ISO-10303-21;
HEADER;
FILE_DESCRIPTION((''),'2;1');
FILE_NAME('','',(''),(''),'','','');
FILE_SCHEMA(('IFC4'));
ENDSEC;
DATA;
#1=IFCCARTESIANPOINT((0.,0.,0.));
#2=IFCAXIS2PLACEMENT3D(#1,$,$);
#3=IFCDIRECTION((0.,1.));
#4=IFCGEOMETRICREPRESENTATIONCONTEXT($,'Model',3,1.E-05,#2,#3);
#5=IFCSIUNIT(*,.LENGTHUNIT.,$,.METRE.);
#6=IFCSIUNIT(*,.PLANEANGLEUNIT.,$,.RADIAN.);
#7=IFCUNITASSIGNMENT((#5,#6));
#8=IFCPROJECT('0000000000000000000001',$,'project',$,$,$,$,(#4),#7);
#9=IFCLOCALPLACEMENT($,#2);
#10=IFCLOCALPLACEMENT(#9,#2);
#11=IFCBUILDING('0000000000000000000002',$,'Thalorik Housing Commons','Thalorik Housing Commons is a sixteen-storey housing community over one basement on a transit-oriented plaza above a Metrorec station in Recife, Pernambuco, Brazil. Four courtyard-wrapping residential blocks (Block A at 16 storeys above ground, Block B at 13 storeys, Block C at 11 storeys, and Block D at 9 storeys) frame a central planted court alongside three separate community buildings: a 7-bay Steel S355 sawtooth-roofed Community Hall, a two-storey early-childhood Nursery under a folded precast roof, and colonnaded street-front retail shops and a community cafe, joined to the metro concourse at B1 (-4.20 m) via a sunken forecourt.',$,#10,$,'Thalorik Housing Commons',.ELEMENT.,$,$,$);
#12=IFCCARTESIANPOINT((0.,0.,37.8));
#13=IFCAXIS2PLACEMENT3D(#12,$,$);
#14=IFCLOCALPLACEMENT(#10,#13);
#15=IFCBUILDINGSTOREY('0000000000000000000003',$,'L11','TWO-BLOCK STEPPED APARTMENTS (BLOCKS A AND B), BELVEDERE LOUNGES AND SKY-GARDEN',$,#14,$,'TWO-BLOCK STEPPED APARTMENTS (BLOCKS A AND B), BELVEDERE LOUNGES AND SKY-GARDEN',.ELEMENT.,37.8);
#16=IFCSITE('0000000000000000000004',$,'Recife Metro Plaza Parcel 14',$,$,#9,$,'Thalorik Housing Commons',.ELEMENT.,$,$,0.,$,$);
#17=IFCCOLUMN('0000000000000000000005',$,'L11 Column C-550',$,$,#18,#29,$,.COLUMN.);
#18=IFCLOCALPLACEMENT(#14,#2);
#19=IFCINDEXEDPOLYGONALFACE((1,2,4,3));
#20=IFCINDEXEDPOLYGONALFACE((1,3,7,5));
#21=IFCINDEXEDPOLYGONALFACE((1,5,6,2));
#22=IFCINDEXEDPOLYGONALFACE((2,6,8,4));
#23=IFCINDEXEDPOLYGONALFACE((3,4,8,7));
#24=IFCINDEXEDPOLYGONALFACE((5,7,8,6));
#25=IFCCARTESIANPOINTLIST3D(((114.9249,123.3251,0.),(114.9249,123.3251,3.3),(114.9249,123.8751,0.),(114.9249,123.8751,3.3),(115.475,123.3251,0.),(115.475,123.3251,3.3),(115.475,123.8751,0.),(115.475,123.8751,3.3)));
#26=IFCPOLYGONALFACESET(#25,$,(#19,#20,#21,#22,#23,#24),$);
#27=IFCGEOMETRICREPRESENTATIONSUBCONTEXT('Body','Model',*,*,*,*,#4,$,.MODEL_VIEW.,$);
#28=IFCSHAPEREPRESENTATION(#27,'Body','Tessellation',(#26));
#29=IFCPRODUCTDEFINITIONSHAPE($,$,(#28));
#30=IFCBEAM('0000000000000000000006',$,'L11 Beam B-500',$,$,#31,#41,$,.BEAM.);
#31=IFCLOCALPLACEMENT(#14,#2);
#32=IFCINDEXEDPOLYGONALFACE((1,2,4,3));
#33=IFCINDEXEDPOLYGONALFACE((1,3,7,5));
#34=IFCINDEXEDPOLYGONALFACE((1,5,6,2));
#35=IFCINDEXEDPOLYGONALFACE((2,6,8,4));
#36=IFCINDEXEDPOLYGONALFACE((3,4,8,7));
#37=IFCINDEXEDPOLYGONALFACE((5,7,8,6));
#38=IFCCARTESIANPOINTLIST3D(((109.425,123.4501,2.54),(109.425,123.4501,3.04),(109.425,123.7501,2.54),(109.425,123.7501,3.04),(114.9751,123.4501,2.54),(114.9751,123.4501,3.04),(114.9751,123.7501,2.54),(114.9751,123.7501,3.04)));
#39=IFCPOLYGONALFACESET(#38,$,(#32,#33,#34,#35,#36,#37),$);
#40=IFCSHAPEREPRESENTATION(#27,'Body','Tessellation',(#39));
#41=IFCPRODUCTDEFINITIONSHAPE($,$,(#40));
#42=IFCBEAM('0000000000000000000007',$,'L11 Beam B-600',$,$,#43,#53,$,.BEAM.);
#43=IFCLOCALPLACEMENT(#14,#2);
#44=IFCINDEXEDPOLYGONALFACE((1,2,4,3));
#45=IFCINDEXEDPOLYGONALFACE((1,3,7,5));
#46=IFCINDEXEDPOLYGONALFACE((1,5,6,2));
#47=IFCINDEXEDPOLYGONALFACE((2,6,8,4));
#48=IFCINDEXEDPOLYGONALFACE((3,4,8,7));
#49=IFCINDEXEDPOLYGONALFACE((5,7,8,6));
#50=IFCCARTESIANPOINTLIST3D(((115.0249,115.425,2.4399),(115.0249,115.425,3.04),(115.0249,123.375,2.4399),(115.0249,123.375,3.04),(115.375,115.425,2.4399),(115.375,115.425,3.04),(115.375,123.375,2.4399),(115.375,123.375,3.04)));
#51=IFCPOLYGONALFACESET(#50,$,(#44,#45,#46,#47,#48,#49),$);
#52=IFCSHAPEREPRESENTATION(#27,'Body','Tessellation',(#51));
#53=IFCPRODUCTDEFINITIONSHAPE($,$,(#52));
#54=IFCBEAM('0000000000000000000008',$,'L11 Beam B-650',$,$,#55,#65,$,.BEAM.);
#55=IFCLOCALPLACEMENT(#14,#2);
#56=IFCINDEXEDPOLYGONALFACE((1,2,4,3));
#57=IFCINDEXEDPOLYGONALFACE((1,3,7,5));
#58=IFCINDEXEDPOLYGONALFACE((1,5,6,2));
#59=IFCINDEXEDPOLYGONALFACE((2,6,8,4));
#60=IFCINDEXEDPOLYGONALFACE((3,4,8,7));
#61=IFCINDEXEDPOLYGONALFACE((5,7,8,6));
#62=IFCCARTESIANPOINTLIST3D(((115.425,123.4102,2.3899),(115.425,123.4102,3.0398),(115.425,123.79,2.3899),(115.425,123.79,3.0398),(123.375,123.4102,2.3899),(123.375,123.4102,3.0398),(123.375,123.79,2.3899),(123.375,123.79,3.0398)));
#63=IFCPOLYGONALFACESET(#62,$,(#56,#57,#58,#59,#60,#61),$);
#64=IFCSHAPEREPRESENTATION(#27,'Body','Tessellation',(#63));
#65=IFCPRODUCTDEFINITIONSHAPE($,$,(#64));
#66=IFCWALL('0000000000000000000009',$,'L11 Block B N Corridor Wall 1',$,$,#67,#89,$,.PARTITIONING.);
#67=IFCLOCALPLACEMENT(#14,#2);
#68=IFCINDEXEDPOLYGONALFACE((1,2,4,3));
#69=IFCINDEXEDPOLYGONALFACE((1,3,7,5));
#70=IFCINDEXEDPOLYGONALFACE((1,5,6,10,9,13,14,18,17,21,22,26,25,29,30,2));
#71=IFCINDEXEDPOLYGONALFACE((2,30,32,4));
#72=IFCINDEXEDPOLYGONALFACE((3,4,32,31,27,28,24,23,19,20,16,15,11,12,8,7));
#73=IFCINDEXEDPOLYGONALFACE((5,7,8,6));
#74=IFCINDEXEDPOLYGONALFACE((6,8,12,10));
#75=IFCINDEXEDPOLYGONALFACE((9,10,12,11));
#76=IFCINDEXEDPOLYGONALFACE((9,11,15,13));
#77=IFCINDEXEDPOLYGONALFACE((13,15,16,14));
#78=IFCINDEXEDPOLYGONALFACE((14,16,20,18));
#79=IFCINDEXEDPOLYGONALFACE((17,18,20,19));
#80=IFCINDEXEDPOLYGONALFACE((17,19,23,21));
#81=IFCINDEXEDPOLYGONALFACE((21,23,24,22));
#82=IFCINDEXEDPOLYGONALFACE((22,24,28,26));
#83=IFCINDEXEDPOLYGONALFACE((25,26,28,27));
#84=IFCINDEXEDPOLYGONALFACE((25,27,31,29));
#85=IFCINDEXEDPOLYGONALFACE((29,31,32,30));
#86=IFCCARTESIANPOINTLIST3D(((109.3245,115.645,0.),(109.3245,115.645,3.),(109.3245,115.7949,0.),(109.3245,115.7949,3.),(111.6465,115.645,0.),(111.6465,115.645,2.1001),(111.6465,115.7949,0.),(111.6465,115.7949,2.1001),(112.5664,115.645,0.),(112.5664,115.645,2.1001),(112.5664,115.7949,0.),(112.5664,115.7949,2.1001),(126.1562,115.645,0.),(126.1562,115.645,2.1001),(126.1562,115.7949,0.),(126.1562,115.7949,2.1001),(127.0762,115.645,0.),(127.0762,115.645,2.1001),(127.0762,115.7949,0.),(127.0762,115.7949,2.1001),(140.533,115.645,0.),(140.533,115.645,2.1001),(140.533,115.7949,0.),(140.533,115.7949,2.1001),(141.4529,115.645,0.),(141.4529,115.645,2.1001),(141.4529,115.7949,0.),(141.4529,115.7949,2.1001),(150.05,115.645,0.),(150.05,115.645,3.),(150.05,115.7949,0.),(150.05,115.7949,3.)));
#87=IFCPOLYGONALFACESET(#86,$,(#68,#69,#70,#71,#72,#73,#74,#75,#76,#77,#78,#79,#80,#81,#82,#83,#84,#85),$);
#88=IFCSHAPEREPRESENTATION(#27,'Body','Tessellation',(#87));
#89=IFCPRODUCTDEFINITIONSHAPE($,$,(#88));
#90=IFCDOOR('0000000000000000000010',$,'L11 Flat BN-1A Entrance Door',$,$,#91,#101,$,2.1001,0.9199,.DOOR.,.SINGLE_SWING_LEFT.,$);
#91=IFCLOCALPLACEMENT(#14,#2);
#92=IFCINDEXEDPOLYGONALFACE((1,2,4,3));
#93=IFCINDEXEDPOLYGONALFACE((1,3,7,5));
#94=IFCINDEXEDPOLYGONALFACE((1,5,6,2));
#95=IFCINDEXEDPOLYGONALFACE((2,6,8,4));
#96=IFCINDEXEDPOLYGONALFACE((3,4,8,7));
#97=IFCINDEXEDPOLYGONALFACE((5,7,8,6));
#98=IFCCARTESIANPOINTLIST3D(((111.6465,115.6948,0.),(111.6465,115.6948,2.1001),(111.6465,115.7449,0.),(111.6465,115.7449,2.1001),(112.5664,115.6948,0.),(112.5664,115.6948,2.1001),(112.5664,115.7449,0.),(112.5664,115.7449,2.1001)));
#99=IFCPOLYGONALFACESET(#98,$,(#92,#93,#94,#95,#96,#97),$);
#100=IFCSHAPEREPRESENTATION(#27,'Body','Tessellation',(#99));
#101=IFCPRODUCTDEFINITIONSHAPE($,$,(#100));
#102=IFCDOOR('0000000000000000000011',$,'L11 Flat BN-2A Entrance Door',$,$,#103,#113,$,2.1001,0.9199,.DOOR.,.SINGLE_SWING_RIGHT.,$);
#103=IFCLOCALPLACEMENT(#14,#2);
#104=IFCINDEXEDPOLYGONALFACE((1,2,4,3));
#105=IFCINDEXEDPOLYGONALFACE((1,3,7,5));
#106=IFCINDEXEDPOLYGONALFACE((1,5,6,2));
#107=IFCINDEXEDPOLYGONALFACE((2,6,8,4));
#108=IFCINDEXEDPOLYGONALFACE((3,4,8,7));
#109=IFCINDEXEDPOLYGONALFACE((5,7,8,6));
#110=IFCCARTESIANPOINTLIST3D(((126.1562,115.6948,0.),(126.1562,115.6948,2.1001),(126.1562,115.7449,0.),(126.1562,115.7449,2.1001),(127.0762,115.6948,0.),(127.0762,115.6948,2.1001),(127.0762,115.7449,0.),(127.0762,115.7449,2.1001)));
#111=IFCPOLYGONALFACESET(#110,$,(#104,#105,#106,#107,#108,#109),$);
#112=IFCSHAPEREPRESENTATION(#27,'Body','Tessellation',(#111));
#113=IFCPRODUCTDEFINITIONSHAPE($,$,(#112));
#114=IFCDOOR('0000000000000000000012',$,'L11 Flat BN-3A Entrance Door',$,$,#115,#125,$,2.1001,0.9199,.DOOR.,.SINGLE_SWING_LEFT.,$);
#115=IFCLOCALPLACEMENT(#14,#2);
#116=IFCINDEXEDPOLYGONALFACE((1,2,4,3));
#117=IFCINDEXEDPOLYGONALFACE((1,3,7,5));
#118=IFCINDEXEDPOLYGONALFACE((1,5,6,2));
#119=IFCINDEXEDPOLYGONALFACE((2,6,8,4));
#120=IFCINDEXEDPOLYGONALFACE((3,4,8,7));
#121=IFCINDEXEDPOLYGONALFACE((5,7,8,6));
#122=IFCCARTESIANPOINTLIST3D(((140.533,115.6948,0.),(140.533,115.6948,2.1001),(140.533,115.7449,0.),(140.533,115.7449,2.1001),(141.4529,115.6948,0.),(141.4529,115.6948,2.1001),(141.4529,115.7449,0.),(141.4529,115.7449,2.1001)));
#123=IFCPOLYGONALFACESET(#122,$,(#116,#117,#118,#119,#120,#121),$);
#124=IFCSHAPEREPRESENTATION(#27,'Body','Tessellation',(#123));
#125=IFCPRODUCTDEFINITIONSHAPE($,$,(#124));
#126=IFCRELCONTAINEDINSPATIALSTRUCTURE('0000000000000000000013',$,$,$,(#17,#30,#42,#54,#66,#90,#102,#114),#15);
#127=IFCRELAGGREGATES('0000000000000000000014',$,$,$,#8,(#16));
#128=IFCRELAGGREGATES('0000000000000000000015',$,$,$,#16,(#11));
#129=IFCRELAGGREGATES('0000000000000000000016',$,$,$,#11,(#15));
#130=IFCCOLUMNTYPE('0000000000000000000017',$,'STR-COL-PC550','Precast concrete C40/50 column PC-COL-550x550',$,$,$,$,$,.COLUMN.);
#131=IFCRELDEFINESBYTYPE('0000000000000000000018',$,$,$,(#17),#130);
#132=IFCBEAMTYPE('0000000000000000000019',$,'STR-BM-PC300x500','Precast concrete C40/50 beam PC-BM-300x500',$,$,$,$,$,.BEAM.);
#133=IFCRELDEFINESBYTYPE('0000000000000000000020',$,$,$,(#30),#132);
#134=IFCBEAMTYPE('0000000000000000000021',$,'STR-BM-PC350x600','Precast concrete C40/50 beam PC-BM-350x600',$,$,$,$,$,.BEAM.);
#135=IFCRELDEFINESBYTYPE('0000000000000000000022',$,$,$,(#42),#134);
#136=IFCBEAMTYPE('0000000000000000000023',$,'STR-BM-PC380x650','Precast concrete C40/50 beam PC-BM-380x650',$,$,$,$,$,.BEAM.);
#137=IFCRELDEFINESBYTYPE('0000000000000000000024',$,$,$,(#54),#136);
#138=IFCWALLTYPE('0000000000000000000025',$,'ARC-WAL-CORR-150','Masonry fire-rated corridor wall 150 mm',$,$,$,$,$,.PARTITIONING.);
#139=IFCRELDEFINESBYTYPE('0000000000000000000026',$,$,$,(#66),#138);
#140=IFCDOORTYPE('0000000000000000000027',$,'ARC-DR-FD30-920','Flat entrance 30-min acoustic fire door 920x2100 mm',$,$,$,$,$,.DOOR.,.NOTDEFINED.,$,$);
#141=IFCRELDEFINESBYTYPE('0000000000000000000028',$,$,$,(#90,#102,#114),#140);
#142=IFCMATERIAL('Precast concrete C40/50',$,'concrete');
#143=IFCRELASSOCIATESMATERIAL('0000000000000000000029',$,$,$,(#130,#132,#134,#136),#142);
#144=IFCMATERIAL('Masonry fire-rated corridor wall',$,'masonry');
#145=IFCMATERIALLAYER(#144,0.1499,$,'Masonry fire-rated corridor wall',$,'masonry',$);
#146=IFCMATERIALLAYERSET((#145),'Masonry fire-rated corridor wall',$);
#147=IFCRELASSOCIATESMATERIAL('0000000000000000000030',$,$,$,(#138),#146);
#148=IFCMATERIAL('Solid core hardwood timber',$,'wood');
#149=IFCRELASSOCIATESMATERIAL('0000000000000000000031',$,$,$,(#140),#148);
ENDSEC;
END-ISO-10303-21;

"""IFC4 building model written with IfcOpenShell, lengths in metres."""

from ifc_helpers import new_model, si_unit, direction, frame, frame_2d, origin, origin_2d, place, context, subcontext, project, spatial, rectangle, extrude, material, layer, layer_set, material_profile, profile_set, type_object, element, fill, save


model = new_model("IFC4")

# Units and contexts
model_context = context("Model", 3, precision=1e-05, world=origin(), true_north=direction((0.0, 1.0)))
body_context = subcontext(model_context, "Body", "Model", "MODEL_VIEW")
ifc_project = project(units=[si_unit("LENGTHUNIT", "METRE"), si_unit("PLANEANGLEUNIT", "RADIAN")], contexts=[model_context])

# Site, building, storey
site_placement = place(None, origin())
site = spatial("IfcSite", under=ifc_project, at=site_placement, Name="Recife Metro Plaza Parcel 14", LongName="Thalorik Housing Commons", CompositionType="ELEMENT", RefElevation=0.0)
building_placement = place(site_placement, origin())
building = spatial("IfcBuilding", under=site, at=building_placement, Name="Thalorik Housing Commons", Description="Thalorik Housing Commons is a sixteen-storey housing community over one basement on a transit-oriented plaza above a Metrorec station in Recife, Pernambuco, Brazil. Four courtyard-wrapping residential blocks (Block A at 16 storeys above ground, Block B at 13 storeys, Block C at 11 storeys, and Block D at 9 storeys) frame a central planted court alongside three separate community buildings: a 7-bay Steel S355 sawtooth-roofed Community Hall, a two-storey early-childhood Nursery under a folded precast roof, and colonnaded street-front retail shops and a community cafe, joined to the metro concourse at B1 (-4.20 m) via a sunken forecourt.", LongName="Thalorik Housing Commons", CompositionType="ELEMENT")
storey_placement = place(building_placement, frame((0.0, 0.0, 37.8)))
storey = spatial("IfcBuildingStorey", under=building, at=storey_placement, Name="L11", Description="TWO-BLOCK STEPPED APARTMENTS (BLOCKS A AND B), BELVEDERE LOUNGES AND SKY-GARDEN", LongName="TWO-BLOCK STEPPED APARTMENTS (BLOCKS A AND B), BELVEDERE LOUNGES AND SKY-GARDEN", CompositionType="ELEMENT", Elevation=37.8)

# Column
ifc_material_1 = material(Name="Precast concrete C40/50", Category="concrete")
ifc_material_profile_1 = material_profile(ifc_material_1, rectangle(XDim=0.55, YDim=0.55, at=origin_2d()), Name="PC 550x550", Category="concrete")
ifc_profile_set_1 = profile_set([ifc_material_profile_1], Name="Precast concrete C40/50")
column_type = type_object("IfcColumnType", Name="STR-COL-PC550", Description="Precast concrete C40/50 column PC-COL-550x550", PredefinedType="COLUMN", material=ifc_profile_set_1)
column_placement = place(storey_placement, frame((115.2, 123.6001, 0.0), z_axis=(0.0, 0.0, 1.0), x_axis=(1.0, 0.0, 0.0)))
element("IfcColumn", 1, at=column_placement, inside=storey, type_object=column_type, Name="L11 Column C-550", PredefinedType="COLUMN", context=body_context, shape_type="SweptSolid", body=[
    extrude(rectangle(XDim=0.55, YDim=0.55, at=origin_2d()), origin(), (0.0, 0.0, 1.0), 3.3),
])

# Beams
ifc_material_profile_2 = material_profile(ifc_material_1, rectangle(XDim=0.3, YDim=0.5, at=origin_2d()), Name="PC 300x500", Category="concrete")
ifc_profile_set_2 = profile_set([ifc_material_profile_2], Name="Precast concrete C40/50")
beam_type_1 = type_object("IfcBeamType", Name="STR-BM-PC300x500", Description="Precast concrete C40/50 beam PC-BM-300x500", PredefinedType="BEAM", material=ifc_profile_set_2)
beam_1_placement = place(storey_placement, frame((109.425, 123.6001, 2.79), z_axis=(1.0, 0.0, 0.0), x_axis=(0.0, 1.0, 0.0)))
element("IfcBeam", 2, at=beam_1_placement, inside=storey, type_object=beam_type_1, Name="L11 Beam B-500", PredefinedType="BEAM", context=body_context, shape_type="SweptSolid", body=[
    extrude(rectangle(XDim=0.3, YDim=0.5, at=origin_2d()), origin(), (0.0, 0.0, 1.0), 5.55),
])
ifc_material_profile_3 = material_profile(ifc_material_1, rectangle(XDim=0.3501, YDim=0.6001, at=origin_2d()), Name="PC 350x600", Category="concrete")
ifc_profile_set_3 = profile_set([ifc_material_profile_3], Name="Precast concrete C40/50")
beam_type_2 = type_object("IfcBeamType", Name="STR-BM-PC350x600", Description="Precast concrete C40/50 beam PC-BM-350x600", PredefinedType="BEAM", material=ifc_profile_set_3)
beam_2_placement = place(storey_placement, frame((115.2, 115.425, 2.74), z_axis=(0.0, 1.0, 0.0), x_axis=(-1.0, 0.0, 0.0)))
element("IfcBeam", 3, at=beam_2_placement, inside=storey, type_object=beam_type_2, Name="L11 Beam B-600", PredefinedType="BEAM", context=body_context, shape_type="SweptSolid", body=[
    extrude(rectangle(XDim=0.3501, YDim=0.6001, at=origin_2d()), origin(), (0.0, 0.0, 1.0), 7.95),
])
ifc_material_profile_4 = material_profile(ifc_material_1, rectangle(XDim=0.3799, YDim=0.6499, at=origin_2d()), Name="PC 380x650", Category="concrete")
ifc_profile_set_4 = profile_set([ifc_material_profile_4], Name="Precast concrete C40/50")
beam_type_3 = type_object("IfcBeamType", Name="STR-BM-PC380x650", Description="Precast concrete C40/50 beam PC-BM-380x650", PredefinedType="BEAM", material=ifc_profile_set_4)
beam_3_placement = place(storey_placement, frame((115.425, 123.6001, 2.7148), z_axis=(1.0, 0.0, 0.0), x_axis=(0.0, 1.0, 0.0)))
element("IfcBeam", 4, at=beam_3_placement, inside=storey, type_object=beam_type_3, Name="L11 Beam B-650", PredefinedType="BEAM", context=body_context, shape_type="SweptSolid", body=[
    extrude(rectangle(XDim=0.3799, YDim=0.6499, at=origin_2d()), origin(), (0.0, 0.0, 1.0), 7.95),
])

# Wall, openings, doors
ifc_material_2 = material(Name="Masonry fire-rated corridor wall", Category="masonry")
ifc_layer_1 = layer(ifc_material_2, 0.1499, Name="Masonry fire-rated corridor wall", Category="masonry")
ifc_layer_set_1 = layer_set([ifc_layer_1], Name="Masonry fire-rated corridor wall")
wall_type_1 = type_object("IfcWallType", Name="ARC-WAL-CORR-150", Description="Masonry fire-rated corridor wall 150 mm", PredefinedType="PARTITIONING", material=ifc_layer_set_1)
wall_1_placement = place(storey_placement, frame((109.3245, 115.72, 0.0), z_axis=(0.0, 0.0, 1.0), x_axis=(1.0, 0.0, 0.0)))
wall_1 = element("IfcWall", 5, at=wall_1_placement, inside=storey, type_object=wall_type_1, Name="L11 Block B N Corridor Wall 1", PredefinedType="PARTITIONING", context=body_context, shape_type="SweptSolid", body=[
    extrude(rectangle(XDim=40.7256, YDim=0.1499, at=frame_2d((20.3628, 0.0))), origin(), (0.0, 0.0, 1.0), 3.0),
])
opening_1_placement = place(wall_1_placement, frame((2.322, 0.0, 0.0)))
opening_1 = element("IfcOpeningElement", 6, at=opening_1_placement, cuts=wall_1, PredefinedType="OPENING", context=body_context, shape_type="SweptSolid", body=[
    extrude(rectangle(XDim=0.9199, YDim=2.1001, at=frame_2d((0.46, 1.05))), frame((0.0, 0.085, 0.0), z_axis=(0.0, -1.0, 0.0), x_axis=(1.0, 0.0, 0.0)), (0.0, 0.0, 1.0), 0.1699),
])
opening_2_placement = place(wall_1_placement, frame((16.8318, 0.0, 0.0)))
opening_2 = element("IfcOpeningElement", 7, at=opening_2_placement, cuts=wall_1, PredefinedType="OPENING", context=body_context, shape_type="SweptSolid", body=[
    extrude(rectangle(XDim=0.9199, YDim=2.1001, at=frame_2d((0.46, 1.05))), frame((0.0, 0.085, 0.0), z_axis=(0.0, -1.0, 0.0), x_axis=(1.0, 0.0, 0.0)), (0.0, 0.0, 1.0), 0.1699),
])
opening_3_placement = place(wall_1_placement, frame((31.2085, 0.0, 0.0)))
opening_3 = element("IfcOpeningElement", 8, at=opening_3_placement, cuts=wall_1, PredefinedType="OPENING", context=body_context, shape_type="SweptSolid", body=[
    extrude(rectangle(XDim=0.9199, YDim=2.1001, at=frame_2d((0.46, 1.05))), frame((0.0, 0.085, 0.0), z_axis=(0.0, -1.0, 0.0), x_axis=(1.0, 0.0, 0.0)), (0.0, 0.0, 1.0), 0.1699),
])
ifc_material_3 = material(Name="Solid core hardwood timber", Category="wood")
door_type_1 = type_object("IfcDoorType", Name="ARC-DR-FD30-920", Description="Flat entrance 30-min acoustic fire door 920x2100 mm", OperationType="NOTDEFINED", PredefinedType="DOOR", material=ifc_material_3)
door_1_placement = place(opening_1_placement, origin())
door_1 = element("IfcDoor", 9, at=door_1_placement, inside=storey, type_object=door_type_1, Name="L11 Flat BN-1A Entrance Door", OperationType="SINGLE_SWING_LEFT", OverallHeight=2.1001, OverallWidth=0.9199, PredefinedType="DOOR", context=body_context, shape_type="SweptSolid", body=[
    extrude(rectangle(XDim=0.9199, YDim=2.1001, at=frame_2d((0.46, 1.05))), frame((0.0, 0.0249, 0.0), z_axis=(0.0, -1.0, 0.0), x_axis=(1.0, 0.0, 0.0)), (0.0, 0.0, 1.0), 0.05),
])
fill(opening_1, door_1)
door_2_placement = place(opening_2_placement, origin())
door_2 = element("IfcDoor", 10, at=door_2_placement, inside=storey, type_object=door_type_1, Name="L11 Flat BN-2A Entrance Door", OperationType="SINGLE_SWING_RIGHT", OverallHeight=2.1001, OverallWidth=0.9199, PredefinedType="DOOR", context=body_context, shape_type="SweptSolid", body=[
    extrude(rectangle(XDim=0.9199, YDim=2.1001, at=frame_2d((0.46, 1.05))), frame((0.0, 0.0249, 0.0), z_axis=(0.0, -1.0, 0.0), x_axis=(1.0, 0.0, 0.0)), (0.0, 0.0, 1.0), 0.05),
])
fill(opening_2, door_2)
door_3_placement = place(opening_3_placement, origin())
door_3 = element("IfcDoor", 11, at=door_3_placement, inside=storey, type_object=door_type_1, Name="L11 Flat BN-3A Entrance Door", OperationType="SINGLE_SWING_LEFT", OverallHeight=2.1001, OverallWidth=0.9199, PredefinedType="DOOR", context=body_context, shape_type="SweptSolid", body=[
    extrude(rectangle(XDim=0.9199, YDim=2.1001, at=frame_2d((0.46, 1.05))), frame((0.0, 0.0249, 0.0), z_axis=(0.0, -1.0, 0.0), x_axis=(1.0, 0.0, 0.0)), (0.0, 0.0, 1.0), 0.05),
])
fill(opening_3, door_3)

save(model, "model.ifc")
